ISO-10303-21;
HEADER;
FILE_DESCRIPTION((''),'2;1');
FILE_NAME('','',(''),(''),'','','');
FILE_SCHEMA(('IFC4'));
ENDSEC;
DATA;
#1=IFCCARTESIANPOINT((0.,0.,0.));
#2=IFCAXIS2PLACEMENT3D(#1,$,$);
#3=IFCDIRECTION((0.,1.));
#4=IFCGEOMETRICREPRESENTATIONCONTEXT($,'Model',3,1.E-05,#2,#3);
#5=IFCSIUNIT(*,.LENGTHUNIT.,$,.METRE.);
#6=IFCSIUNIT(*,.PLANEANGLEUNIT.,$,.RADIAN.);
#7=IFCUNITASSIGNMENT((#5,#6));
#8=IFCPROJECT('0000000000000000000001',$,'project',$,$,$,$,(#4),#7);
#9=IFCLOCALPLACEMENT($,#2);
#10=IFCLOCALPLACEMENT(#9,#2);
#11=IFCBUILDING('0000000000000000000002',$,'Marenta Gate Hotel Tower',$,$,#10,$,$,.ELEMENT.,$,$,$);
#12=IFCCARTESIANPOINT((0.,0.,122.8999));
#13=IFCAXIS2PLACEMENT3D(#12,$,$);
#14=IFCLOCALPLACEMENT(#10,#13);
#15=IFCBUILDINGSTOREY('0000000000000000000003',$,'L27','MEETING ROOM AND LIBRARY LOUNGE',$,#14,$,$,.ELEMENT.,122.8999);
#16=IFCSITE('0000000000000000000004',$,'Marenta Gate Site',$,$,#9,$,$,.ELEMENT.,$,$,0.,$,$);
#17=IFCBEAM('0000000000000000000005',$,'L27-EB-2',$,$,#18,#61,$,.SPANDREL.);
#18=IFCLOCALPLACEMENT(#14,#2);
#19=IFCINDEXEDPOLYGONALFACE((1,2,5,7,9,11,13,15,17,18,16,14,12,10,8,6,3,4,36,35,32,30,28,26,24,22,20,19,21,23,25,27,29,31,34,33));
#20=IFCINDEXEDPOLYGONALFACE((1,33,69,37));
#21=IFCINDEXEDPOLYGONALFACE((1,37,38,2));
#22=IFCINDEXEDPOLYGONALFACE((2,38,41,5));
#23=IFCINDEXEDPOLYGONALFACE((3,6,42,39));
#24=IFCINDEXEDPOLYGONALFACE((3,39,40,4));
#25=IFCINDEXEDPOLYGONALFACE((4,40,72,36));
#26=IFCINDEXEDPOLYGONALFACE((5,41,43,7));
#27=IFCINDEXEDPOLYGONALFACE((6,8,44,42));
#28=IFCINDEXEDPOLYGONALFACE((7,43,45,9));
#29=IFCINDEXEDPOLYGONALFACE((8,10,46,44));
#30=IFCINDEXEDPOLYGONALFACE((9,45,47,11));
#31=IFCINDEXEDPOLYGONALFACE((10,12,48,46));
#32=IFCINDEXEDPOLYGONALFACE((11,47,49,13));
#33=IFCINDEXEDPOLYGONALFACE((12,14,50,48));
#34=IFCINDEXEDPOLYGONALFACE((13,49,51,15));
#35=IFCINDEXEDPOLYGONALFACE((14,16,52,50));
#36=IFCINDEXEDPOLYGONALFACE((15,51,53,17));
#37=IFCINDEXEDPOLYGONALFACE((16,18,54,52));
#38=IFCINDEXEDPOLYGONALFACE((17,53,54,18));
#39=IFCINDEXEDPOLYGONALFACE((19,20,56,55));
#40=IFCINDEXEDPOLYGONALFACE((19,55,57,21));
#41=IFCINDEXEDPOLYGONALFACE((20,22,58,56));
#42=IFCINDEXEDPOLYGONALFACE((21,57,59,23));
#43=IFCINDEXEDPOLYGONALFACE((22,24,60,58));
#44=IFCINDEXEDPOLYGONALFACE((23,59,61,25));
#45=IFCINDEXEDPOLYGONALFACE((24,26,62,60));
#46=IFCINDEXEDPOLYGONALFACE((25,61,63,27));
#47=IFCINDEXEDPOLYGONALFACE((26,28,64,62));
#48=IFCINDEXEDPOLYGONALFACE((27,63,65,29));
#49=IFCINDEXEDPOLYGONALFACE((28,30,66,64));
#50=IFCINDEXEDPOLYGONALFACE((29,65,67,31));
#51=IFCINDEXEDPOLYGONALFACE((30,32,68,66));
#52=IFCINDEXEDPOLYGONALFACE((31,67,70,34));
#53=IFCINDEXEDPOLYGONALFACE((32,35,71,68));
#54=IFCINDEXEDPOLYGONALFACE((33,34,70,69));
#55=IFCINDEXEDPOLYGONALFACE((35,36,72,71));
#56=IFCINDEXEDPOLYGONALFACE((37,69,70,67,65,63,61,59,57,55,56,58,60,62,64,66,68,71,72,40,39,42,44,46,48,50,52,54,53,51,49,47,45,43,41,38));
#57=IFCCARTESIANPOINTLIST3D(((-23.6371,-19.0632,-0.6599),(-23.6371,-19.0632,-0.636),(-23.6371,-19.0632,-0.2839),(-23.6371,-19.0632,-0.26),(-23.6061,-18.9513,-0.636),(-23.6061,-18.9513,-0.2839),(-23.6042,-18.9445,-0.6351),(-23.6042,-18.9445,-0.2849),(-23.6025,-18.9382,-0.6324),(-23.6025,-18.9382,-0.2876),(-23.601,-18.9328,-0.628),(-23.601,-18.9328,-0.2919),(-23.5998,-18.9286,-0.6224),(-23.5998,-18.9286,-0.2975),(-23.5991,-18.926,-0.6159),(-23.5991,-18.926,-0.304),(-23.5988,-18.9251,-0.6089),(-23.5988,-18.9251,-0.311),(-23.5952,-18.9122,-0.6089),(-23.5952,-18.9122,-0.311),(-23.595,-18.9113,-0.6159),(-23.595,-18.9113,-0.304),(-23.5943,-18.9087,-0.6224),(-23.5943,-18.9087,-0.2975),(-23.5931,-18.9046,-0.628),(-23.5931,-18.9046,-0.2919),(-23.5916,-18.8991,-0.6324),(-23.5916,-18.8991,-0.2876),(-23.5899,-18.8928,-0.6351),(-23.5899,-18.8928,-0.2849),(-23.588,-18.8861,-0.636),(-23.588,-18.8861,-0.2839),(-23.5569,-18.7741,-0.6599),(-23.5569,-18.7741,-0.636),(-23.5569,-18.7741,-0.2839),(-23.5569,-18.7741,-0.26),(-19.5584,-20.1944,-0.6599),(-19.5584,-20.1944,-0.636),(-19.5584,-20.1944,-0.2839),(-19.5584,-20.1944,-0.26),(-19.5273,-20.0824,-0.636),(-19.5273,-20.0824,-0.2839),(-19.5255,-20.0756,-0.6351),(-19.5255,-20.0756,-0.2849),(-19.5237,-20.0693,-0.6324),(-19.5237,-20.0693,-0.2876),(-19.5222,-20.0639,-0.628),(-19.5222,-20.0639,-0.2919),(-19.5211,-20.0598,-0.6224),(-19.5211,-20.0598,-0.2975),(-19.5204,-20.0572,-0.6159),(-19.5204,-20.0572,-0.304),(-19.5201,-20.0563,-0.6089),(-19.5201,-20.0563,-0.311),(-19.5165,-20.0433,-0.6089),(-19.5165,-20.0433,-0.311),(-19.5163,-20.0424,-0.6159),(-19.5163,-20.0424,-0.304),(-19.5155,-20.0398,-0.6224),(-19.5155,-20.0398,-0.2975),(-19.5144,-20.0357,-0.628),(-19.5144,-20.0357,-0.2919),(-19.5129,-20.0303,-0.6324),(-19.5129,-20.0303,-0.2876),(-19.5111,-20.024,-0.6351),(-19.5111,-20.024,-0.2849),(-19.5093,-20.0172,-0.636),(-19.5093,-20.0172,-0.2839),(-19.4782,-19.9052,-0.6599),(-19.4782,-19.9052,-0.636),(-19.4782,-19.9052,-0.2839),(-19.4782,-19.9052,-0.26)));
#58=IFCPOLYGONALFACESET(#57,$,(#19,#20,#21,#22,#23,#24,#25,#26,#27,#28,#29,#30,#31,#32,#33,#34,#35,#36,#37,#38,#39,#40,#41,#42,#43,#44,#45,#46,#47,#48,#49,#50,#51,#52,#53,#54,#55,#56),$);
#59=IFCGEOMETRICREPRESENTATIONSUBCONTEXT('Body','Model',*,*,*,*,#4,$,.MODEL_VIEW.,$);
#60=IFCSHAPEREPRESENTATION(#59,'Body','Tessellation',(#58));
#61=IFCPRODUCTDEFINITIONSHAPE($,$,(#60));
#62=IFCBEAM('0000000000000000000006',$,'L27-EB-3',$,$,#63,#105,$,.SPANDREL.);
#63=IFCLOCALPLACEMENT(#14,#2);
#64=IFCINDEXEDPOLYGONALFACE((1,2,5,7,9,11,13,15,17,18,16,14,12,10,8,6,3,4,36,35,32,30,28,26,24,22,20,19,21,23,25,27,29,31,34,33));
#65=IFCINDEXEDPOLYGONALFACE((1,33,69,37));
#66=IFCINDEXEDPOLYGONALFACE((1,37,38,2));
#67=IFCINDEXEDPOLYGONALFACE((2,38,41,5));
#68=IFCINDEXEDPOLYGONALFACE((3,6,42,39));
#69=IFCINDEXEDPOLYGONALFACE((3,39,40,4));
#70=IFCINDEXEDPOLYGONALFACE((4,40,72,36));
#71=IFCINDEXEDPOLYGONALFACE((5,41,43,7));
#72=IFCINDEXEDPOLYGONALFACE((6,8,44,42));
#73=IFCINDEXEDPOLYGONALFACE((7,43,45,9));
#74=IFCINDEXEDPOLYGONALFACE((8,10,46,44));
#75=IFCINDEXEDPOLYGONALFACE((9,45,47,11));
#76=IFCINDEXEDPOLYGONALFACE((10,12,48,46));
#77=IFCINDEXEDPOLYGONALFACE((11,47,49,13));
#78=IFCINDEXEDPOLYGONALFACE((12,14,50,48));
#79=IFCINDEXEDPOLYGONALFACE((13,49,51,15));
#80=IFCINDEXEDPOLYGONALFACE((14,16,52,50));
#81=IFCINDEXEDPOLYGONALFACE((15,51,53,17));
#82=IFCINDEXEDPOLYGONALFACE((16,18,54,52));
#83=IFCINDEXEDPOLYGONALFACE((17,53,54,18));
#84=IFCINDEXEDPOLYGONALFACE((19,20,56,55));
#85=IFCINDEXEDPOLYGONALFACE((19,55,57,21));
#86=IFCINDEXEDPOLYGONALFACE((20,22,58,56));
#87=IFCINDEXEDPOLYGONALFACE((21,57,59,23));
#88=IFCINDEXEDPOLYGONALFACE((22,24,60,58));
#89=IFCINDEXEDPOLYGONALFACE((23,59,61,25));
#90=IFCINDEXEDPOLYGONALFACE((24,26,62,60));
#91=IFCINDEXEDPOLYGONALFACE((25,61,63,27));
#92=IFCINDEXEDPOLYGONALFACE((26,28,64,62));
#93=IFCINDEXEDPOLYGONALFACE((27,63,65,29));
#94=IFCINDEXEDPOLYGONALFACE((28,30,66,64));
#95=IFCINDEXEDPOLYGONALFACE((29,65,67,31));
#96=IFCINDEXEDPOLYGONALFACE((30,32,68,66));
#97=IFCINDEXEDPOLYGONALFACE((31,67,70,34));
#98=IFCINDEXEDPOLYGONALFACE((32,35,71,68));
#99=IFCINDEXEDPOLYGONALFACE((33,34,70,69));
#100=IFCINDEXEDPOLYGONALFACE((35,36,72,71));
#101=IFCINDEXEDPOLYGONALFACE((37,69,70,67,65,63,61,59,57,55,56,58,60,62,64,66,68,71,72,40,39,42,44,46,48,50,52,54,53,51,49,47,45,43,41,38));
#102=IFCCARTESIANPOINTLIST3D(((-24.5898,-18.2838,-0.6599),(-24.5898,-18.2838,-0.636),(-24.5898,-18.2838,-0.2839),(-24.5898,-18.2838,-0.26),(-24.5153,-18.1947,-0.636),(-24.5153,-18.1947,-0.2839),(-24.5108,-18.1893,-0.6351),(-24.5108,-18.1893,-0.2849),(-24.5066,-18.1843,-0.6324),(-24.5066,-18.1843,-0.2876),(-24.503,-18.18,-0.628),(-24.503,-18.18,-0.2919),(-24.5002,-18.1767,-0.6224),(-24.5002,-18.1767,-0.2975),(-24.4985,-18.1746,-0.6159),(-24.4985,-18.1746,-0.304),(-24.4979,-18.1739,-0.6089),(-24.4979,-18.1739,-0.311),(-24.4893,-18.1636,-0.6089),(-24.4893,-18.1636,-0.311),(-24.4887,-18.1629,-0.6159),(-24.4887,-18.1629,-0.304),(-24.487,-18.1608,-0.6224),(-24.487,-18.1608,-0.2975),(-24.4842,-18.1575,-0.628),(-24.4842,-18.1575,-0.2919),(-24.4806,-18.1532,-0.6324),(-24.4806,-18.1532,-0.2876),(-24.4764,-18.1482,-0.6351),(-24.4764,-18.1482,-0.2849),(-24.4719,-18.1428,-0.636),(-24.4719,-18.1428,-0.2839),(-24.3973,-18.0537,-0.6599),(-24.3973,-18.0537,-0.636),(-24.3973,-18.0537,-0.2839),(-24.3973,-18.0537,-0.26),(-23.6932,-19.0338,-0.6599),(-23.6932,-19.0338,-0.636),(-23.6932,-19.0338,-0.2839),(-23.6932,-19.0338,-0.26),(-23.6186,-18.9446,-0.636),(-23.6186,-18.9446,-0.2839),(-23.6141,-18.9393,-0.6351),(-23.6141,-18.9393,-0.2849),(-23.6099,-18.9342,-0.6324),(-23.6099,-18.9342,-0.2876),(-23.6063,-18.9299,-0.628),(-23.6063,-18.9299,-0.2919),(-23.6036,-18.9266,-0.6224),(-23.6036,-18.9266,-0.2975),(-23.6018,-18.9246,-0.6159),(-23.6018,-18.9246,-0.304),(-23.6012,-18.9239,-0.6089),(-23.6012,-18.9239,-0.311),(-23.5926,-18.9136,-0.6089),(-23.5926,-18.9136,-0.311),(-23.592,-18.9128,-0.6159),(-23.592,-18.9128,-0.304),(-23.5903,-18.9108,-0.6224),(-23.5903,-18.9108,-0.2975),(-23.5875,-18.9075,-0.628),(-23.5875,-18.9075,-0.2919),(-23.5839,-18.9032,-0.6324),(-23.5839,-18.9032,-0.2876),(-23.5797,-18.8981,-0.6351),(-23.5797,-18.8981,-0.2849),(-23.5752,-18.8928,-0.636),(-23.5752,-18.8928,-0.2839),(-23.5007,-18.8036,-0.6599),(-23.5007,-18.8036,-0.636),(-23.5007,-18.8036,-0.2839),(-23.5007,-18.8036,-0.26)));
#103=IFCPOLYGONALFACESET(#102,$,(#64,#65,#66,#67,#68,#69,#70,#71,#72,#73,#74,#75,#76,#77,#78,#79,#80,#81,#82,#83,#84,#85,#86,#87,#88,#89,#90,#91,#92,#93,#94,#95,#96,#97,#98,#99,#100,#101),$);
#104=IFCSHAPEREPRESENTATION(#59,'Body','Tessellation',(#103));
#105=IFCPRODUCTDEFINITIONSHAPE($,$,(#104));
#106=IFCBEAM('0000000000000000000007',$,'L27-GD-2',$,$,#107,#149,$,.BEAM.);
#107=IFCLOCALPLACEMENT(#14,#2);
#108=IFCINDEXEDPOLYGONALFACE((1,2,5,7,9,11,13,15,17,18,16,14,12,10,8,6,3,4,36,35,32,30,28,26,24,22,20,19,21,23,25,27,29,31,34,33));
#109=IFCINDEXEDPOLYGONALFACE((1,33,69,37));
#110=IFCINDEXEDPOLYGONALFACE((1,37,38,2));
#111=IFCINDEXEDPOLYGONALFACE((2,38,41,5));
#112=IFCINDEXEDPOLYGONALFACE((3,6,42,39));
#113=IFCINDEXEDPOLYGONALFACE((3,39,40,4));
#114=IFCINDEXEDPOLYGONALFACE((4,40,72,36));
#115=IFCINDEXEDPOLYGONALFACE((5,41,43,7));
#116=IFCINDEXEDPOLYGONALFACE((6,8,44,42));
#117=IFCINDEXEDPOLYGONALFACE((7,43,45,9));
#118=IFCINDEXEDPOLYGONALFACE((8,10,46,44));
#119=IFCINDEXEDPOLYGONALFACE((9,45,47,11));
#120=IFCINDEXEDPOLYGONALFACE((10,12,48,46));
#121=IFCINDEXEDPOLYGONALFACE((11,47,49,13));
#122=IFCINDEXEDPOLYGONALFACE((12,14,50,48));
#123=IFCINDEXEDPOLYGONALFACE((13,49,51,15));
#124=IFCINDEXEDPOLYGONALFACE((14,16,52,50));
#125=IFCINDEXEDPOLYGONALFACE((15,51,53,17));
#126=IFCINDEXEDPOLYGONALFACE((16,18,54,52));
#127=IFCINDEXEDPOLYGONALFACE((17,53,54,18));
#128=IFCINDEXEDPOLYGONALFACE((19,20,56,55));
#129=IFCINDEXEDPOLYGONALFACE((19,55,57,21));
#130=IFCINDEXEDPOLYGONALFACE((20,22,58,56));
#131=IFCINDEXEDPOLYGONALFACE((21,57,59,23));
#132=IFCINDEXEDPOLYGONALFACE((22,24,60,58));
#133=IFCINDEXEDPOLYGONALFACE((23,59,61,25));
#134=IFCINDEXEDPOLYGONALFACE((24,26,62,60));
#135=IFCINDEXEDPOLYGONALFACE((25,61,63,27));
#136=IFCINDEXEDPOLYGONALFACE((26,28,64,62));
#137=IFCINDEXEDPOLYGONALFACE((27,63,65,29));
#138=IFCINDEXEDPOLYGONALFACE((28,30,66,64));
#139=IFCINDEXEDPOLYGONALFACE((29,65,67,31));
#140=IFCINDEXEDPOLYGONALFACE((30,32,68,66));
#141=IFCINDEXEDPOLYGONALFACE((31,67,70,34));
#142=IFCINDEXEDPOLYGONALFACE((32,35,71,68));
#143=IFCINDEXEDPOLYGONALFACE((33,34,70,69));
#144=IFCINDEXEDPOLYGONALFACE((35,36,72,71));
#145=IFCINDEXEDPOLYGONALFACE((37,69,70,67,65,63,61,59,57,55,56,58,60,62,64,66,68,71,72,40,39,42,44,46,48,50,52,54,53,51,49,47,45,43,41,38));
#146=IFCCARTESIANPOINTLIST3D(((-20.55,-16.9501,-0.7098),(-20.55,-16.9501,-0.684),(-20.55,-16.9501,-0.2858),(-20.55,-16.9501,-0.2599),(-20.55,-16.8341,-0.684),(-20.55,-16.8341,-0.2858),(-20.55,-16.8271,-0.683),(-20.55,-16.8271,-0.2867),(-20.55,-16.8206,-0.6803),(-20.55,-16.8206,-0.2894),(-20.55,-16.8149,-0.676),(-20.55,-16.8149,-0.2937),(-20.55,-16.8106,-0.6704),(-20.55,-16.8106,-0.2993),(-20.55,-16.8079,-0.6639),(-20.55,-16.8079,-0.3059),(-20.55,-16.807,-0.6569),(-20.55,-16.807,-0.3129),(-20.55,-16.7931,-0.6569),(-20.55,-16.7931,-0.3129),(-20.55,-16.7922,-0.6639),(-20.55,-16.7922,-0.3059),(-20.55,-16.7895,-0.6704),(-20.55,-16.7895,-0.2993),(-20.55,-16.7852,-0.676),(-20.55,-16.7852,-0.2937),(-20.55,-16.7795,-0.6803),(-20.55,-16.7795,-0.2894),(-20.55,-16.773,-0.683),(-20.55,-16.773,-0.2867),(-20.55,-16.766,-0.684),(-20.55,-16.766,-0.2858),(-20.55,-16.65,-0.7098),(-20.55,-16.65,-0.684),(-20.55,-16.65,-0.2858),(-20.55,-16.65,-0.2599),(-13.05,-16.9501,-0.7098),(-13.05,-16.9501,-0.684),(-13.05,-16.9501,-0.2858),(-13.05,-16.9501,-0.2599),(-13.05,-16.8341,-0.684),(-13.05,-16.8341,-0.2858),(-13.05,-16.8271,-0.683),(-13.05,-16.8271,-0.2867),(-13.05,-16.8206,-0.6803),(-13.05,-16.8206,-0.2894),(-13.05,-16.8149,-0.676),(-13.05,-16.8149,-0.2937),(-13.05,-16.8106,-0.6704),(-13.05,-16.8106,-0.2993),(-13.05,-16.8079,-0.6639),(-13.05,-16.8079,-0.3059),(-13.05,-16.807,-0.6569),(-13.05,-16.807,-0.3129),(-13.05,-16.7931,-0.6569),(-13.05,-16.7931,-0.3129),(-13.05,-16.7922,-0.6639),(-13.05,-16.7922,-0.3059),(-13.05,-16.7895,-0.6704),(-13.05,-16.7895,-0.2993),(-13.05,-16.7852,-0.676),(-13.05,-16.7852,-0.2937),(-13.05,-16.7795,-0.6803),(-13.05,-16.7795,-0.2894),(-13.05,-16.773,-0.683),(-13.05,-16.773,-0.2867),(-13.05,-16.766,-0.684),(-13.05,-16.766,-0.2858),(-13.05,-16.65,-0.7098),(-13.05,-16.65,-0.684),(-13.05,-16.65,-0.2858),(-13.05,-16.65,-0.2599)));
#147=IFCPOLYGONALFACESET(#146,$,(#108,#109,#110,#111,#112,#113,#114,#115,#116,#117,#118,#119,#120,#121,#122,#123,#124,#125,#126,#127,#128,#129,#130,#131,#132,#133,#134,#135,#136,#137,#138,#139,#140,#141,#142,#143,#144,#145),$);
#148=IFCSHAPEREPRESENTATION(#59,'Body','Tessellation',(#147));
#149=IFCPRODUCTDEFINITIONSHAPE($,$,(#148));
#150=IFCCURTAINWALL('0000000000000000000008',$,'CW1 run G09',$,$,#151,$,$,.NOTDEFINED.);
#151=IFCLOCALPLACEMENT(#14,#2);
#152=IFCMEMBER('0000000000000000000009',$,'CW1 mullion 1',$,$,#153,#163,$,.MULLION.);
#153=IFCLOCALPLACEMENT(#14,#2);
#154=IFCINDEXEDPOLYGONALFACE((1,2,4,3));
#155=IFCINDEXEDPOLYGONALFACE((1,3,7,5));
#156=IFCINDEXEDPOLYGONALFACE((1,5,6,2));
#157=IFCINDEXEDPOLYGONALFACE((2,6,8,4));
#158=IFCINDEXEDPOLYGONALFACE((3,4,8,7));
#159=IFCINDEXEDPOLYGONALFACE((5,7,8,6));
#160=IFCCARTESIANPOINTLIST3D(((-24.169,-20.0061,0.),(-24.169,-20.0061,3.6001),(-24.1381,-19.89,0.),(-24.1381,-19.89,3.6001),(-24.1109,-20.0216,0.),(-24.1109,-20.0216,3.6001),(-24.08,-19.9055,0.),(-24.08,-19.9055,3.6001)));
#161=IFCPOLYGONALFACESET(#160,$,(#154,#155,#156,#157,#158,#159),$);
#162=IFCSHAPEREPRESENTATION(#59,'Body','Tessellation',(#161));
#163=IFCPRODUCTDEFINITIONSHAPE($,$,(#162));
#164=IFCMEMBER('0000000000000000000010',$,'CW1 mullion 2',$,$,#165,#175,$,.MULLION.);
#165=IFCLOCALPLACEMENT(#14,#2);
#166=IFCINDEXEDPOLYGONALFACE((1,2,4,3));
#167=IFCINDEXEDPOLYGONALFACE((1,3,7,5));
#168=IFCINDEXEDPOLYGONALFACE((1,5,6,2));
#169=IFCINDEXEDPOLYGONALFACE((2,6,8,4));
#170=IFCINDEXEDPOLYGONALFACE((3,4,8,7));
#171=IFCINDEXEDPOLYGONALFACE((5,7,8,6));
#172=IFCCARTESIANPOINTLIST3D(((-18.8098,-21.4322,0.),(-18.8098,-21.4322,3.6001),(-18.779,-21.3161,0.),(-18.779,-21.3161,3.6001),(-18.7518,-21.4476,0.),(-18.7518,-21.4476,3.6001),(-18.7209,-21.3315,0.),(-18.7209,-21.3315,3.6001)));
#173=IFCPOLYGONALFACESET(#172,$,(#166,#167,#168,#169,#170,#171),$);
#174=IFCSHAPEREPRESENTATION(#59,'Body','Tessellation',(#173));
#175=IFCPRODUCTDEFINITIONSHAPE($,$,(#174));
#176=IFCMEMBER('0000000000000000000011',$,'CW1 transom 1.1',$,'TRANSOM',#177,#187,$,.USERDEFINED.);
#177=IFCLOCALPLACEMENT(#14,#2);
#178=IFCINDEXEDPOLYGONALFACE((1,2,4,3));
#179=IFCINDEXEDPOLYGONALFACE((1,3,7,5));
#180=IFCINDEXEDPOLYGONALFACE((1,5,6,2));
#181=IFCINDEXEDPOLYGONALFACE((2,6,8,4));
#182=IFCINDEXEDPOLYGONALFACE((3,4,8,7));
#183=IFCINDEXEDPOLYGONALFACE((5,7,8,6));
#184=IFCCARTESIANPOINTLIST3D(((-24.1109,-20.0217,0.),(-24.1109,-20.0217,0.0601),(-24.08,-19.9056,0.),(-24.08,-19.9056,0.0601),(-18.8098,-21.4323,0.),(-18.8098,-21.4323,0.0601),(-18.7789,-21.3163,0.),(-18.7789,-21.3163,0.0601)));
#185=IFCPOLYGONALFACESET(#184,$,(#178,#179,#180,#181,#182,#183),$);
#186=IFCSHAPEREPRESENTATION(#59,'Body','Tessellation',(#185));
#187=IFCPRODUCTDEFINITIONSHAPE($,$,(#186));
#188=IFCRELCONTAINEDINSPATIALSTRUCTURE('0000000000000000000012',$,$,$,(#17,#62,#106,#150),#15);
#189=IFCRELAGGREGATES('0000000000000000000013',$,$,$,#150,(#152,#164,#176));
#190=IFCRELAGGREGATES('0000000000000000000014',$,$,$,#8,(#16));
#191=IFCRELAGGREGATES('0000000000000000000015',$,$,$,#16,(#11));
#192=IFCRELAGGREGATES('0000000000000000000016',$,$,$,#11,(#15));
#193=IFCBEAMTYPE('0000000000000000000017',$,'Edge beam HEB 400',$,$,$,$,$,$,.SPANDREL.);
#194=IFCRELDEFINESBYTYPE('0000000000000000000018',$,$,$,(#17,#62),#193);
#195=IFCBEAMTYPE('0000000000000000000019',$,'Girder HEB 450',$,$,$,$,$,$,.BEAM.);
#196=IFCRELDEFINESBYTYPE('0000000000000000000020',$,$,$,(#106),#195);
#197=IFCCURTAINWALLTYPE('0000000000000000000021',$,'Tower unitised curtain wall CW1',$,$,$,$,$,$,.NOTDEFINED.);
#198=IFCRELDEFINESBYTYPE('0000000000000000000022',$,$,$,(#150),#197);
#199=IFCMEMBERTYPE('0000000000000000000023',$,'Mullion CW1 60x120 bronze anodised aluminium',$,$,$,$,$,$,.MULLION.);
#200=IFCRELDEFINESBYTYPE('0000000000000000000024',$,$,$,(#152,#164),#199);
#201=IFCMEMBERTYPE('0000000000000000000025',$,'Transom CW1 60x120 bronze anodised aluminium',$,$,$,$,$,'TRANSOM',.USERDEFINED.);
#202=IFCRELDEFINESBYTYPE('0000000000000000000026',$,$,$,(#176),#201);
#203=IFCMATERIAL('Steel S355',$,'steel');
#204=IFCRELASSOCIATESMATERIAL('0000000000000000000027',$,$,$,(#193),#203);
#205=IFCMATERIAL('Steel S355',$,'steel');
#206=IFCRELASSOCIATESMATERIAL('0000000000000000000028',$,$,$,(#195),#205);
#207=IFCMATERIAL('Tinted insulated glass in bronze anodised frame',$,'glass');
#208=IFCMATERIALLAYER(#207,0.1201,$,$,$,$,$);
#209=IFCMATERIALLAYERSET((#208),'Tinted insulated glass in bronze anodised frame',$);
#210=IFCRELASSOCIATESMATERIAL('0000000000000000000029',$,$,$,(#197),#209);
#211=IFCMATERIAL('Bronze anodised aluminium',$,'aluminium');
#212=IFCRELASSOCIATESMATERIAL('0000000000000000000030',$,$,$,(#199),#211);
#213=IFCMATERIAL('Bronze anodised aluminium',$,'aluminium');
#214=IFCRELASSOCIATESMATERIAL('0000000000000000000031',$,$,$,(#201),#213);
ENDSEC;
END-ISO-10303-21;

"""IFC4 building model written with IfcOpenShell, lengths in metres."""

from ifc_helpers import new_model, si_unit, direction, frame, origin, origin_2d, place, context, subcontext, project, spatial, rectangle, i_section, extrude, material, layer, layer_set, material_profile, profile_set, type_object, element, aggregate, save


model = new_model("IFC4")

# Units and contexts
model_context = context("Model", 3, precision=1e-05, world=origin(), true_north=direction((0.0, 1.0)))
body_context = subcontext(model_context, "Body", "Model", "MODEL_VIEW")
ifc_project = project(units=[si_unit("LENGTHUNIT", "METRE"), si_unit("PLANEANGLEUNIT", "RADIAN")], contexts=[model_context])

# Site, building, storey
site_placement = place(None, origin())
site = spatial("IfcSite", under=ifc_project, at=site_placement, Name="Marenta Gate Site", CompositionType="ELEMENT", RefElevation=0.0)
building_placement = place(site_placement, origin())
building = spatial("IfcBuilding", under=site, at=building_placement, Name="Marenta Gate Hotel Tower", CompositionType="ELEMENT")
storey_placement = place(building_placement, frame((0.0, 0.0, 122.8999)))
storey = spatial("IfcBuildingStorey", under=building, at=storey_placement, Name="L27", Description="MEETING ROOM AND LIBRARY LOUNGE", CompositionType="ELEMENT", Elevation=122.8999)

# Beams
ifc_material_1 = material(Name="Steel S355", Category="steel")
ifc_material_profile_1 = material_profile(ifc_material_1, i_section(OverallWidth=0.3, OverallDepth=0.3999, WebThickness=0.0134, FlangeThickness=0.0239, FilletRadius=0.0271, at=origin_2d()), Name="HEB 400")
ifc_profile_set_1 = profile_set([ifc_material_profile_1], Name="Steel S355")
beam_type_1 = type_object("IfcBeamType", Name="Edge beam HEB 400", PredefinedType="SPANDREL", material=ifc_profile_set_1)
beam_1_placement = place(storey_placement, frame((-19.5183, -20.0498, -0.46), z_axis=(-0.96363, 0.267239, 0.0), x_axis=(-0.267239, -0.96363, 0.0)))
element("IfcBeam", 1, at=beam_1_placement, inside=storey, type_object=beam_type_1, Name="L27-EB-2", PredefinedType="SPANDREL", context=body_context, shape_type="SweptSolid", body=[
    extrude(i_section(OverallWidth=0.3, OverallDepth=0.3999, WebThickness=0.0134, FlangeThickness=0.0239, FilletRadius=0.0271, at=origin_2d()), origin(), (0.0, 0.0, 1.0), 4.2327),
])
beam_2_placement = place(storey_placement, frame((-23.5969, -18.9187, -0.46), z_axis=(-0.767073, 0.64156, 0.0), x_axis=(-0.64156, -0.767073, 0.0)))
element("IfcBeam", 2, at=beam_2_placement, inside=storey, type_object=beam_type_1, Name="L27-EB-3", PredefinedType="SPANDREL", context=body_context, shape_type="SweptSolid", body=[
    extrude(i_section(OverallWidth=0.3, OverallDepth=0.3999, WebThickness=0.0134, FlangeThickness=0.0239, FilletRadius=0.0271, at=origin_2d()), origin(), (0.0, 0.0, 1.0), 1.1689),
])
ifc_material_2 = material(Name="Steel S355", Category="steel")
ifc_material_profile_2 = material_profile(ifc_material_2, i_section(OverallWidth=0.3, OverallDepth=0.45, WebThickness=0.0139, FlangeThickness=0.0259, FilletRadius=0.0271, at=origin_2d()), Name="HEB 450")
ifc_profile_set_2 = profile_set([ifc_material_profile_2], Name="Steel S355")
beam_type_2 = type_object("IfcBeamType", Name="Girder HEB 450", PredefinedType="BEAM", material=ifc_profile_set_2)
beam_3_placement = place(storey_placement, frame((-20.55, -16.8, -0.4849), z_axis=(1.0, 0.0, 0.0), x_axis=(0.0, 1.0, 0.0)))
element("IfcBeam", 3, at=beam_3_placement, inside=storey, type_object=beam_type_2, Name="L27-GD-2", PredefinedType="BEAM", context=body_context, shape_type="SweptSolid", body=[
    extrude(i_section(OverallWidth=0.3, OverallDepth=0.45, WebThickness=0.0139, FlangeThickness=0.0259, FilletRadius=0.0271, at=origin_2d()), origin(), (0.0, 0.0, 1.0), 7.5),
])

# Curtain wall, members
ifc_material_3 = material(Name="Tinted insulated glass in bronze anodised frame", Category="glass")
ifc_layer_1 = layer(ifc_material_3, 0.1201)
ifc_layer_set_1 = layer_set([ifc_layer_1], Name="Tinted insulated glass in bronze anodised frame")
curtain_wall_type = type_object("IfcCurtainWallType", Name="Tower unitised curtain wall CW1", PredefinedType="NOTDEFINED", material=ifc_layer_set_1)
curtain_wall_placement = place(storey_placement, origin())
curtain_wall = element("IfcCurtainWall", 4, at=curtain_wall_placement, inside=storey, type_object=curtain_wall_type, Name="CW1 run G09", PredefinedType="NOTDEFINED")
ifc_material_4 = material(Name="Bronze anodised aluminium", Category="aluminium")
ifc_material_profile_3 = material_profile(ifc_material_4, rectangle(XDim=0.1201, YDim=0.0601, at=origin_2d()), Name="Mullion CW1 60x120 bronze anodised aluminium")
ifc_profile_set_3 = profile_set([ifc_material_profile_3], Name="Bronze anodised aluminium")
member_type_1 = type_object("IfcMemberType", Name="Mullion CW1 60x120 bronze anodised aluminium", PredefinedType="MULLION", material=ifc_profile_set_3)
member_1_placement = place(storey_placement, frame((-24.1245, -19.9558, 0.0), z_axis=(0.0, 0.0, 1.0), x_axis=(0.257144, 0.966373, 0.0)))
member_1 = element("IfcMember", 5, at=member_1_placement, type_object=member_type_1, Name="CW1 mullion 1", PredefinedType="MULLION", context=body_context, shape_type="SweptSolid", body=[
    extrude(rectangle(XDim=0.1201, YDim=0.0601, at=origin_2d()), origin(), (0.0, 0.0, 1.0), 3.6001),
])
member_2_placement = place(storey_placement, frame((-18.7654, -21.3818, 0.0), z_axis=(0.0, 0.0, 1.0), x_axis=(0.257144, 0.966373, 0.0)))
member_2 = element("IfcMember", 6, at=member_2_placement, type_object=member_type_1, Name="CW1 mullion 2", PredefinedType="MULLION", context=body_context, shape_type="SweptSolid", body=[
    extrude(rectangle(XDim=0.1201, YDim=0.0601, at=origin_2d()), origin(), (0.0, 0.0, 1.0), 3.6001),
])
ifc_material_5 = material(Name="Bronze anodised aluminium", Category="aluminium")
ifc_material_profile_4 = material_profile(ifc_material_5, rectangle(XDim=0.1201, YDim=0.0601, at=origin_2d()), Name="Transom CW1 60x120 bronze anodised aluminium")
ifc_profile_set_4 = profile_set([ifc_material_profile_4], Name="Bronze anodised aluminium")
member_type_2 = type_object("IfcMemberType", Name="Transom CW1 60x120 bronze anodised aluminium", ElementType="TRANSOM", PredefinedType="USERDEFINED", material=ifc_profile_set_4)
member_3_placement = place(storey_placement, frame((-24.0955, -19.9636, 0.03), z_axis=(0.966369, -0.257158, 0.0), x_axis=(0.257158, 0.966369, 0.0)))
member_3 = element("IfcMember", 7, at=member_3_placement, type_object=member_type_2, Name="CW1 transom 1.1", ObjectType="TRANSOM", PredefinedType="USERDEFINED", context=body_context, shape_type="SweptSolid", body=[
    extrude(rectangle(XDim=0.1201, YDim=0.0601, at=origin_2d()), origin(), (0.0, 0.0, 1.0), 5.4856),
])
aggregate(curtain_wall, [member_1, member_2, member_3])

save(model, "model.ifc")
